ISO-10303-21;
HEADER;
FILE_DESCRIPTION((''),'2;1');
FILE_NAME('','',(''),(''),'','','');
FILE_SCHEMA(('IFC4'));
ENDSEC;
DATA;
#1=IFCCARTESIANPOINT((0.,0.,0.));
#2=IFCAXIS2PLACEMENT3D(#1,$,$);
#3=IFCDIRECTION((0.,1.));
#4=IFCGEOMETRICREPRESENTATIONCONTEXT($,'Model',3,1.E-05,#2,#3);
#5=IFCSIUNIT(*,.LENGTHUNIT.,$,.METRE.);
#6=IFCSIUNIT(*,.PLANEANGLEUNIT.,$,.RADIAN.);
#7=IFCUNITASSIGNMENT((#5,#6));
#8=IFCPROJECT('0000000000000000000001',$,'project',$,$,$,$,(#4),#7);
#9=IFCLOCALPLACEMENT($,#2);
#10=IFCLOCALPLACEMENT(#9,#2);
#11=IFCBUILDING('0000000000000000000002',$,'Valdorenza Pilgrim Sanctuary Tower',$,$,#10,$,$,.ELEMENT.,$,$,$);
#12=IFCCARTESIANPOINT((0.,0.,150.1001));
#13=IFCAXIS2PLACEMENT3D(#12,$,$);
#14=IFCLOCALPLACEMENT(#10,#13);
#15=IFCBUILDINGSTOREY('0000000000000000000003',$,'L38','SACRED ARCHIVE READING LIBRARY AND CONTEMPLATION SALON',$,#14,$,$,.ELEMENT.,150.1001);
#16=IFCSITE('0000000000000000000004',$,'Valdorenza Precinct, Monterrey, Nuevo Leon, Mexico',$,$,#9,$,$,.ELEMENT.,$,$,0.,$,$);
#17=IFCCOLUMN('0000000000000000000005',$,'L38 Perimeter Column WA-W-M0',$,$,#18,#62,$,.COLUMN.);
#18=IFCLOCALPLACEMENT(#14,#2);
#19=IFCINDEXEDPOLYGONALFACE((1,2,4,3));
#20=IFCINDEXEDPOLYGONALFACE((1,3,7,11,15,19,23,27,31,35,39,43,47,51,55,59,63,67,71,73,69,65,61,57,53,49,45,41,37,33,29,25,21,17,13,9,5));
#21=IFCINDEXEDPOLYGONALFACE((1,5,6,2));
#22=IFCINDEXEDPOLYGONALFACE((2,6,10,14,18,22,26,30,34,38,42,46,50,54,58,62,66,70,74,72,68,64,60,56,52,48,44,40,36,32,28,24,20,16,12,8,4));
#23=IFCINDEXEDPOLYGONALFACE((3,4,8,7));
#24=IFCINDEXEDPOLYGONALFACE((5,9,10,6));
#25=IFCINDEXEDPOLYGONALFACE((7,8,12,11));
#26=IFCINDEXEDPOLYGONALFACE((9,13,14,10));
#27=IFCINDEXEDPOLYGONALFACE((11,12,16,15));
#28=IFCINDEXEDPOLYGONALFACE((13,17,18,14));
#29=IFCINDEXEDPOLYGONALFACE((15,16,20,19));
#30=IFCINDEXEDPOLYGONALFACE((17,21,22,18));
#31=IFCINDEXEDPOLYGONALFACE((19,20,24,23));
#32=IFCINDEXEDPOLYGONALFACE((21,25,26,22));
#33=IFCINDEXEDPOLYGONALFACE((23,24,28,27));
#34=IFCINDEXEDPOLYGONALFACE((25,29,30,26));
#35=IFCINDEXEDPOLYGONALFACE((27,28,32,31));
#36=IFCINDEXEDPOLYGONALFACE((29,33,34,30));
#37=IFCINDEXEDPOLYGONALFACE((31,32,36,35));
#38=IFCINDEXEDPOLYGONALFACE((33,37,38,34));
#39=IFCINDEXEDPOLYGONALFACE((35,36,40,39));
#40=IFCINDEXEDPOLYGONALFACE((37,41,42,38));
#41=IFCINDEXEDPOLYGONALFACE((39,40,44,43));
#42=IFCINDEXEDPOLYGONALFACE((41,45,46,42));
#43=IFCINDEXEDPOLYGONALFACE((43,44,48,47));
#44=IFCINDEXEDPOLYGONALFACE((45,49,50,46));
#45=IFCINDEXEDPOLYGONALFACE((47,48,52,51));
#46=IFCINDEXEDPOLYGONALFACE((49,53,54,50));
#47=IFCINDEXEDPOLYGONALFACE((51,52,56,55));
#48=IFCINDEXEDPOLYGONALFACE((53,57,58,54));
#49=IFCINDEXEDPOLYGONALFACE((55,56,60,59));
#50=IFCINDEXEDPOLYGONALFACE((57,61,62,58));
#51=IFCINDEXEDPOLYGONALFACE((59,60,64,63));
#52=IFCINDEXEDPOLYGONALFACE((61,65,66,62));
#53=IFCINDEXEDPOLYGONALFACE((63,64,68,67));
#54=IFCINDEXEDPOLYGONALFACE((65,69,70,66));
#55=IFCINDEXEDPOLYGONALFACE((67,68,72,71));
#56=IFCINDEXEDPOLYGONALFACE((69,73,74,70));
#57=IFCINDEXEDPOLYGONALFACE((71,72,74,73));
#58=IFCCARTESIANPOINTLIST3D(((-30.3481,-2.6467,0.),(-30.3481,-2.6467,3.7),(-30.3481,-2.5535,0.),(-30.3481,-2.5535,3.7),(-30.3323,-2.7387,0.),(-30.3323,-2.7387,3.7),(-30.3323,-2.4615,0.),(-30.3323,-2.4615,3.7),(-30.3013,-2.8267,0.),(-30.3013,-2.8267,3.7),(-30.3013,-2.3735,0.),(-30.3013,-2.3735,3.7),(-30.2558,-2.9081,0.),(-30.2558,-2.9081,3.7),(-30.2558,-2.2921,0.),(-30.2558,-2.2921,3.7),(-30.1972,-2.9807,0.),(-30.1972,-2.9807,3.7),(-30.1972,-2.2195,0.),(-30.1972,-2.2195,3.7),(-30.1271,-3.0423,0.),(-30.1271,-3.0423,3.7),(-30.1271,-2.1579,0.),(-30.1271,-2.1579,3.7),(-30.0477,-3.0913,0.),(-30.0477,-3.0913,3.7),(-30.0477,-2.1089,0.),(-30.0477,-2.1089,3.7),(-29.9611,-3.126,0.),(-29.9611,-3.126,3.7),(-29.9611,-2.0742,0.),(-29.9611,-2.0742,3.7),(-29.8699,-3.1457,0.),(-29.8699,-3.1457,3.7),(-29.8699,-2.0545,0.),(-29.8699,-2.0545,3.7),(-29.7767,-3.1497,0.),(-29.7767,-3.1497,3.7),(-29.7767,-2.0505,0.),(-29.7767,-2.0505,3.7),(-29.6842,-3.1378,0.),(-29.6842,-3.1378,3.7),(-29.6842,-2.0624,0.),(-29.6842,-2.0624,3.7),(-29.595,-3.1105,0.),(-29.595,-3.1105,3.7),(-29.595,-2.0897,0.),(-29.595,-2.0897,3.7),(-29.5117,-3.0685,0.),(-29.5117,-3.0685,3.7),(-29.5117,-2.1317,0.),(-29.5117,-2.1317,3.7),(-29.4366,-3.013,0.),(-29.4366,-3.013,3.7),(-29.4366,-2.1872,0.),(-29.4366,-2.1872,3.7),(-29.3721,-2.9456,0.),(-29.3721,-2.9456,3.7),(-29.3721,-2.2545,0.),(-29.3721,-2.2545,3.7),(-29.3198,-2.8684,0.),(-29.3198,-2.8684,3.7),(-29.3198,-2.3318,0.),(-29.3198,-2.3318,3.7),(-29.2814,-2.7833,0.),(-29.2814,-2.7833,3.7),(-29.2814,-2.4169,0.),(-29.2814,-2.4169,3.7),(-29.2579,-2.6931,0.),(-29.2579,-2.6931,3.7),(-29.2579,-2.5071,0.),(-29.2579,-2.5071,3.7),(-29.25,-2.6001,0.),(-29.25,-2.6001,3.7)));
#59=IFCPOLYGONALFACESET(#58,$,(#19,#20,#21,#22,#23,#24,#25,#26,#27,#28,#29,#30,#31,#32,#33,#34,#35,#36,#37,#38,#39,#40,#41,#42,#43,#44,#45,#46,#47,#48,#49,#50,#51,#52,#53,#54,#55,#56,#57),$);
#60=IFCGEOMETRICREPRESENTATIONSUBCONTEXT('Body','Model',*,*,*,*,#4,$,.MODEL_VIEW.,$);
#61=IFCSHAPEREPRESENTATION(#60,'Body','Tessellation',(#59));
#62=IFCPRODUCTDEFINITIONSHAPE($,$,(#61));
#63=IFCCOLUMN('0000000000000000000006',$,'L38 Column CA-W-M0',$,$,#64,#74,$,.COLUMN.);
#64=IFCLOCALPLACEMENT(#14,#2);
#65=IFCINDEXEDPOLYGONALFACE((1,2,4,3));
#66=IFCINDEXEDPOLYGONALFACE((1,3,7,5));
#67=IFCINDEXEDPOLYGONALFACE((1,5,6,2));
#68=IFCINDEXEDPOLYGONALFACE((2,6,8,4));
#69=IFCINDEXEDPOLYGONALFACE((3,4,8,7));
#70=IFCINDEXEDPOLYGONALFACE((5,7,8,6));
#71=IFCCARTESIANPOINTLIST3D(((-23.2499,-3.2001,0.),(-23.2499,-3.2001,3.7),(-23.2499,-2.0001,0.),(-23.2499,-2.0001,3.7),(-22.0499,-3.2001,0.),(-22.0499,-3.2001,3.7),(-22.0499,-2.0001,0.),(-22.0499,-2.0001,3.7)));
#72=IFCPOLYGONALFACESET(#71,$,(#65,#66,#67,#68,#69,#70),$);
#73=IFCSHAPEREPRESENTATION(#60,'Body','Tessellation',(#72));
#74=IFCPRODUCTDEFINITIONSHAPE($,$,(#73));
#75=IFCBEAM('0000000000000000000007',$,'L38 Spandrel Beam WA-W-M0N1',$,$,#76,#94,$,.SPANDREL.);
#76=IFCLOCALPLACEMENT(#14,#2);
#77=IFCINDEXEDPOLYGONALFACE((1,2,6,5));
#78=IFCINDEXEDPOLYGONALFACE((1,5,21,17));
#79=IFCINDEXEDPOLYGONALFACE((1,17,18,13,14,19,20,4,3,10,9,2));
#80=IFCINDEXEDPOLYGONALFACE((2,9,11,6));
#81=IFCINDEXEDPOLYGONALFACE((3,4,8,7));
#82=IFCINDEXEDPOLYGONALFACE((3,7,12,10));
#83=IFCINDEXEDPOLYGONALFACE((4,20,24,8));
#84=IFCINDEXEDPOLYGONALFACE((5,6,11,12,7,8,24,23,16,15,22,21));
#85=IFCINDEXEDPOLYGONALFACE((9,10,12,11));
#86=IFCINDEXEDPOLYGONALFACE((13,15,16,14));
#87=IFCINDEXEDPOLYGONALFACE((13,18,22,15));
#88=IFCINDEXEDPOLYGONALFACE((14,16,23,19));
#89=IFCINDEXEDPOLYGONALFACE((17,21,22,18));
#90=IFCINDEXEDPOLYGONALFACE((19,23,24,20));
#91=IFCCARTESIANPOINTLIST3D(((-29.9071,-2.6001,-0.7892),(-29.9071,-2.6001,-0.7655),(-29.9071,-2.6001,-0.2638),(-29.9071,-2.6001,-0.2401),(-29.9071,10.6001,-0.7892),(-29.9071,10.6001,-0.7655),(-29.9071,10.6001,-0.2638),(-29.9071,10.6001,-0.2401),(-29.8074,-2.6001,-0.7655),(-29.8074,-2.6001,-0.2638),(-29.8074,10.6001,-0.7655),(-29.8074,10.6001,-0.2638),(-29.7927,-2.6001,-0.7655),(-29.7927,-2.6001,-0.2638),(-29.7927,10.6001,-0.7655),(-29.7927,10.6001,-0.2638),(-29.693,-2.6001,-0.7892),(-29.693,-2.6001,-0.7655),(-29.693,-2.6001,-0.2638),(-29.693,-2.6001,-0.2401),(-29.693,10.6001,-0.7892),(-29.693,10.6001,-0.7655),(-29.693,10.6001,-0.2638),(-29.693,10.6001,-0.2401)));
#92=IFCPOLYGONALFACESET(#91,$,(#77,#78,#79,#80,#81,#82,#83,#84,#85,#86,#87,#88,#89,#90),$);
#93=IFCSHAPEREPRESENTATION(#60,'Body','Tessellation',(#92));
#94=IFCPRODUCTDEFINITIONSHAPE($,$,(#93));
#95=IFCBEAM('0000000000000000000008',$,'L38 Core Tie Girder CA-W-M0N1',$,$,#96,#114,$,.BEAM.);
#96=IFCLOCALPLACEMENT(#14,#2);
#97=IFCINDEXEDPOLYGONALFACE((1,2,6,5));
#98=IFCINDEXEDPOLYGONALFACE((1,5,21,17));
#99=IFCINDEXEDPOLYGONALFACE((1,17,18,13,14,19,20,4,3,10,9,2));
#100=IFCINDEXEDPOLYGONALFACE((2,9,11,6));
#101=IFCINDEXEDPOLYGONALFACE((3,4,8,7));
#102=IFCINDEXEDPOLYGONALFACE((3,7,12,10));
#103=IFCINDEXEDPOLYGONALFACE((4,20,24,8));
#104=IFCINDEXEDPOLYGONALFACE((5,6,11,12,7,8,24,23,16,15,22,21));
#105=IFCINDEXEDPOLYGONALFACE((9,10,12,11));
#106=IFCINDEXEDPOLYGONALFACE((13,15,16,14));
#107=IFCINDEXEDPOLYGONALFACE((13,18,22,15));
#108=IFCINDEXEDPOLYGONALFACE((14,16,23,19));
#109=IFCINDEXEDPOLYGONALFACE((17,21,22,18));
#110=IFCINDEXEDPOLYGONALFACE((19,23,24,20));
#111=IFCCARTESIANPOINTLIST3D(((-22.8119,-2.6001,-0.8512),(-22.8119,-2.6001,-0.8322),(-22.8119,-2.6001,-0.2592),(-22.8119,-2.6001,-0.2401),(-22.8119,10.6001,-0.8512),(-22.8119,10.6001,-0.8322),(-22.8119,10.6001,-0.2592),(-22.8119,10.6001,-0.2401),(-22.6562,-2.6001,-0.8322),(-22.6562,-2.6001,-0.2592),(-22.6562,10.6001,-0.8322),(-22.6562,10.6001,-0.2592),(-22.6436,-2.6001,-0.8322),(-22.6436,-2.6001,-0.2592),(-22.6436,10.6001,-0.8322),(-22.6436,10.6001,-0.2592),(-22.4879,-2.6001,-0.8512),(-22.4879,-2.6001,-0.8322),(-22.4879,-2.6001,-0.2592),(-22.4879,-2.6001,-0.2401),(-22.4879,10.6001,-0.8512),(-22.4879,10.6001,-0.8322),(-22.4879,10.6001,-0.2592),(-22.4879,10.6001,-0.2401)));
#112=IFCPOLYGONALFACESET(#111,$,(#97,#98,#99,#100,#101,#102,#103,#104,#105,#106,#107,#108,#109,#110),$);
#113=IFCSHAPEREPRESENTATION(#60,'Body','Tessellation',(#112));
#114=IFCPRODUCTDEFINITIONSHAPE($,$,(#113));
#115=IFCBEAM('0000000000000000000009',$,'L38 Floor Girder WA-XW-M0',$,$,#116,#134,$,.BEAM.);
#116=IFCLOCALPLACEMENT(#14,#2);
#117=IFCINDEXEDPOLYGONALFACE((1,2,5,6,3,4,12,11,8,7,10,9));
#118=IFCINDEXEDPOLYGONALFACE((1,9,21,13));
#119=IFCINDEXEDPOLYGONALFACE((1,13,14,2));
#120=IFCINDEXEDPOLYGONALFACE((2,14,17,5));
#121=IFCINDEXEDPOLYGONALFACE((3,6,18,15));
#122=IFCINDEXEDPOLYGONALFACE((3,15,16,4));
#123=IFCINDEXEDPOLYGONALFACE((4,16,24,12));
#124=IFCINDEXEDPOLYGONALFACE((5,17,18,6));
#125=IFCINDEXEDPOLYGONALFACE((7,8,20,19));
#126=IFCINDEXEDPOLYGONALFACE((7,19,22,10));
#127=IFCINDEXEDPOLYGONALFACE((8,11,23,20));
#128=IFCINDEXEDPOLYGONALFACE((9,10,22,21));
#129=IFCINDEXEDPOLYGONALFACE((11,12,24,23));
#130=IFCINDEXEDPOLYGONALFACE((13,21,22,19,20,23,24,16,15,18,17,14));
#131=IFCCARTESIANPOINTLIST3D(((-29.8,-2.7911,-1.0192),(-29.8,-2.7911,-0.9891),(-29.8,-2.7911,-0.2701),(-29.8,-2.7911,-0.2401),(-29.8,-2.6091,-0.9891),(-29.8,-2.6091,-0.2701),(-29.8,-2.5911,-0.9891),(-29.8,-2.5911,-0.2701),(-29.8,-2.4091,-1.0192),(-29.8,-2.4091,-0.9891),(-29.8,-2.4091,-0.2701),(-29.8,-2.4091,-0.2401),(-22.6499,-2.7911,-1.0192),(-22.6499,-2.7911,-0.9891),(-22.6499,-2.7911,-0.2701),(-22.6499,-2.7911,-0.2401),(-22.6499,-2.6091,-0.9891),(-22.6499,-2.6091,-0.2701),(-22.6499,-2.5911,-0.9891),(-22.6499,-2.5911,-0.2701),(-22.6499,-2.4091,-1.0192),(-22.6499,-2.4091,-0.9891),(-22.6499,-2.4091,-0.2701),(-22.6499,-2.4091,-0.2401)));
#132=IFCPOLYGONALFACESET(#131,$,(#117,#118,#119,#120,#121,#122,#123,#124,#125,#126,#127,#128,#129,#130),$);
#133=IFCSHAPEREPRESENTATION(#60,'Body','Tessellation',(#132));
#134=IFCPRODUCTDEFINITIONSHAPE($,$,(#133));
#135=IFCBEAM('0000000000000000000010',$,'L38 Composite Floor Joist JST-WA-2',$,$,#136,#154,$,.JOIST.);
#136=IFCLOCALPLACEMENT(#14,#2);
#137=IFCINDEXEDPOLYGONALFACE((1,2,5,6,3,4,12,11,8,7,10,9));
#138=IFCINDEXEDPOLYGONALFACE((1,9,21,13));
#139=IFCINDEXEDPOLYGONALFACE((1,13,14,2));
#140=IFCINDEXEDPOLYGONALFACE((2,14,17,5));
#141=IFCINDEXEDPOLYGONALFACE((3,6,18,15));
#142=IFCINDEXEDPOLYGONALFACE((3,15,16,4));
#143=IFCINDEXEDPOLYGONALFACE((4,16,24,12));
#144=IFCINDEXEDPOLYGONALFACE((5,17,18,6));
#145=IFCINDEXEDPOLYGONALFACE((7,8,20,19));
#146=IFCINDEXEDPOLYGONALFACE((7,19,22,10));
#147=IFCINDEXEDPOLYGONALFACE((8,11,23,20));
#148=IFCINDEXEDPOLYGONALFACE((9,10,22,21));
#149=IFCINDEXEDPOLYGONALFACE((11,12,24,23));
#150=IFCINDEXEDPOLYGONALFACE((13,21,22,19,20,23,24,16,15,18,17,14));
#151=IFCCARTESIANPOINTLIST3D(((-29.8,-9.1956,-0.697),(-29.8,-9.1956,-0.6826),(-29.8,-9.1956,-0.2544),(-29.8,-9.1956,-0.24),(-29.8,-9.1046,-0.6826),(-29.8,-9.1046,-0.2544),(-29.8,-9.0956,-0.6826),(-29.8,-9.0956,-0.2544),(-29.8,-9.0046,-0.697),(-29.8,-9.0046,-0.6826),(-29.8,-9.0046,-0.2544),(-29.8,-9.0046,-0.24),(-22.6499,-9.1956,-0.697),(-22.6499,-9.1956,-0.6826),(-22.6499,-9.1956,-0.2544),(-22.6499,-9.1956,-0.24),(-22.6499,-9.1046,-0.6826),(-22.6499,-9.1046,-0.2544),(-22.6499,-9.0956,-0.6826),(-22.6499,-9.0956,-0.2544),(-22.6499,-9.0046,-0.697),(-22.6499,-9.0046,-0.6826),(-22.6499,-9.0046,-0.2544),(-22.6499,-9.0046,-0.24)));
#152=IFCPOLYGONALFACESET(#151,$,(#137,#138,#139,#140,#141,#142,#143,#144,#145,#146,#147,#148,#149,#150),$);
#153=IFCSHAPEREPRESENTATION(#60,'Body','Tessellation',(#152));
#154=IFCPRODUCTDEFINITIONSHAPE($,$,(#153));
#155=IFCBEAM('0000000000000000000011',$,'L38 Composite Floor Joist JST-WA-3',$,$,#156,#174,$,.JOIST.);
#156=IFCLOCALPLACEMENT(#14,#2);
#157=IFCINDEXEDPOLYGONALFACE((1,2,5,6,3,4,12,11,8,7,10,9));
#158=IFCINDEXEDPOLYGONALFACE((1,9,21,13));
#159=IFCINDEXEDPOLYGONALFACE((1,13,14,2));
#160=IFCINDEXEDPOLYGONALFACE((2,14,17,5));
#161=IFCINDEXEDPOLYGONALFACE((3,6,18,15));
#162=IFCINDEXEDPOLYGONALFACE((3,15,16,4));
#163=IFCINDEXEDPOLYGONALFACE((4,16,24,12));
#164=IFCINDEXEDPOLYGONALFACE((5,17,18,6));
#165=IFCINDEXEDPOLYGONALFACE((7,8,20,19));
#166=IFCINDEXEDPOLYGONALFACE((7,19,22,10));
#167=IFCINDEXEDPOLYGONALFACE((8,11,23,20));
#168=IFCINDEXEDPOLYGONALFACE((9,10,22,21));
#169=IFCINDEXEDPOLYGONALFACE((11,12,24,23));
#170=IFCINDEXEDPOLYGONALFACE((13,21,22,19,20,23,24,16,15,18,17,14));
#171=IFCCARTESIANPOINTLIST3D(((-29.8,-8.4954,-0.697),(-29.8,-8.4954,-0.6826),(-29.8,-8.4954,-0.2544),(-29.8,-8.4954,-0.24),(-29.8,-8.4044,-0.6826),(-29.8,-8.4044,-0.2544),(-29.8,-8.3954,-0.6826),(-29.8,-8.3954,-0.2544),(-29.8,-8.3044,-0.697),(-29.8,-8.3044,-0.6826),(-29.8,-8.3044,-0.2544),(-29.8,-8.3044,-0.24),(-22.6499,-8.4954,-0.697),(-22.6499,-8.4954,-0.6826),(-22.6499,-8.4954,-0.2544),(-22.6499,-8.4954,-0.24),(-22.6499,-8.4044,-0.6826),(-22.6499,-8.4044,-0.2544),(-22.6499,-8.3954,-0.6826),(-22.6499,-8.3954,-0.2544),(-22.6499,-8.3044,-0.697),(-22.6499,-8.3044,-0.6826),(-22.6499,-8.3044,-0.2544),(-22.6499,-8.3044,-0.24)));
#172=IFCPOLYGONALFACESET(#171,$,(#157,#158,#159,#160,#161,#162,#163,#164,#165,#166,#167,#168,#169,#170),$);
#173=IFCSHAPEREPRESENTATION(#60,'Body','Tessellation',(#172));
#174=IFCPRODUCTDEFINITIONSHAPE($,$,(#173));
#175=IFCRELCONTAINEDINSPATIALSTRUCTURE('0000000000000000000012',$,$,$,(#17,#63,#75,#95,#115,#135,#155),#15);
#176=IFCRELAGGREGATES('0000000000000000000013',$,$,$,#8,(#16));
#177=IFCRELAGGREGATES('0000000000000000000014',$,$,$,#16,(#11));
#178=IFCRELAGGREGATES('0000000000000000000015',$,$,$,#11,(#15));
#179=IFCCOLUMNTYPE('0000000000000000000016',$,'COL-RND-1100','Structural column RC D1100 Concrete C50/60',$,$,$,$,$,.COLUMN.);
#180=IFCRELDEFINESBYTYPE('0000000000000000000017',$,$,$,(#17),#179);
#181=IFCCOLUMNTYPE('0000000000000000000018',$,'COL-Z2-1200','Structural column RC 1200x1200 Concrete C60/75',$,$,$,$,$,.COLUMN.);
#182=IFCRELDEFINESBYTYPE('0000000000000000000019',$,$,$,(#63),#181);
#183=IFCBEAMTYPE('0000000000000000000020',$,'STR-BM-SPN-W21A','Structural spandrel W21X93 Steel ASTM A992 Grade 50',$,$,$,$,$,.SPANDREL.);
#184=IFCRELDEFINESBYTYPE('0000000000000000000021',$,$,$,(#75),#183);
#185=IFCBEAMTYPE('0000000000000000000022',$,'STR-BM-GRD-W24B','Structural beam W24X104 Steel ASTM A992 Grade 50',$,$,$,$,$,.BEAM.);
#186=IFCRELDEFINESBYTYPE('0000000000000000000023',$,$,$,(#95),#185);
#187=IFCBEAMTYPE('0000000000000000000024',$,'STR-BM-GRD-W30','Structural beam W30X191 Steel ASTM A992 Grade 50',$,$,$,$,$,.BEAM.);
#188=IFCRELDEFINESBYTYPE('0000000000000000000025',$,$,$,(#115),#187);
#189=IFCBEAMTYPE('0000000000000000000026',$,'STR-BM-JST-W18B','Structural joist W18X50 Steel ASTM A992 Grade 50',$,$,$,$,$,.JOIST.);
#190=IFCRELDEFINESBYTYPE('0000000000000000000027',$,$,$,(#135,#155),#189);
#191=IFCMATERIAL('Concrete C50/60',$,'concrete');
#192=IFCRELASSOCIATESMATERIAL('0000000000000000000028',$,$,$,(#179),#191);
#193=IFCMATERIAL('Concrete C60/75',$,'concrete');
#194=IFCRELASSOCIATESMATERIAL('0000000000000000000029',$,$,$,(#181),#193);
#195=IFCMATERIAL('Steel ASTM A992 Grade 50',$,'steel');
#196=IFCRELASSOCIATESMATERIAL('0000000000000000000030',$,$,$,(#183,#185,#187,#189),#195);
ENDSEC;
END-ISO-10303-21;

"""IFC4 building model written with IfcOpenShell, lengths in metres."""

from ifc_helpers import new_model, si_unit, direction, frame, origin, origin_2d, place, context, subcontext, project, spatial, rectangle, circle, i_section, extrude, source, transform, mapped, material, material_profile, profile_set, type_object, element, save


model = new_model("IFC4")

# Units and contexts
model_context = context("Model", 3, precision=1e-05, world=origin(), true_north=direction((0.0, 1.0)))
body_context = subcontext(model_context, "Body", "Model", "MODEL_VIEW")
ifc_project = project(units=[si_unit("LENGTHUNIT", "METRE"), si_unit("PLANEANGLEUNIT", "RADIAN")], contexts=[model_context])

# Site, building, storey
site_placement = place(None, origin())
site = spatial("IfcSite", under=ifc_project, at=site_placement, Name="Valdorenza Precinct, Monterrey, Nuevo Leon, Mexico", CompositionType="ELEMENT", RefElevation=0.0)
building_placement = place(site_placement, origin())
building = spatial("IfcBuilding", under=site, at=building_placement, Name="Valdorenza Pilgrim Sanctuary Tower", CompositionType="ELEMENT")
storey_placement = place(building_placement, frame((0.0, 0.0, 150.1001)))
storey = spatial("IfcBuildingStorey", under=building, at=storey_placement, Name="L38", Description="SACRED ARCHIVE READING LIBRARY AND CONTEMPLATION SALON", CompositionType="ELEMENT", Elevation=150.1001)

# Columns
ifc_material_1 = material(Name="Concrete C50/60", Category="concrete")
ifc_material_profile_1 = material_profile(ifc_material_1, circle(Radius=0.55, at=origin_2d()), Name="RC D1100")
ifc_profile_set_1 = profile_set([ifc_material_profile_1], Name="Concrete C50/60")
column_type_1 = type_object("IfcColumnType", Name="COL-RND-1100", Description="Structural column RC D1100 Concrete C50/60", PredefinedType="COLUMN", material=ifc_profile_set_1)
shared_shape_1 = source(origin(), body_context, "Body", "SweptSolid", [
    extrude(circle(Radius=0.55, at=origin_2d()), origin(), (0.0, 0.0, 1.0), 3.7),
])
column_1_placement = place(storey_placement, frame((-29.8, -2.6001, 0.0), z_axis=(0.0, 0.0, 1.0), x_axis=(1.0, 0.0, 0.0)))
element("IfcColumn", 1, at=column_1_placement, inside=storey, type_object=column_type_1, Name="L38 Perimeter Column WA-W-M0", PredefinedType="COLUMN", context=body_context, shape_type="MappedRepresentation", body=[
    mapped(shared_shape_1, transform((0.0, 0.0, 0.0), x_axis=(1.0, 0.0, 0.0), y_axis=(0.0, 1.0, 0.0), z_axis=(0.0, 0.0, 1.0), scale=1.0)),
])
ifc_material_2 = material(Name="Concrete C60/75", Category="concrete")
ifc_material_profile_2 = material_profile(ifc_material_2, rectangle(XDim=1.2, YDim=1.2, at=origin_2d()), Name="RC 1200x1200")
ifc_profile_set_2 = profile_set([ifc_material_profile_2], Name="Concrete C60/75")
column_type_2 = type_object("IfcColumnType", Name="COL-Z2-1200", Description="Structural column RC 1200x1200 Concrete C60/75", PredefinedType="COLUMN", material=ifc_profile_set_2)
shared_shape_2 = source(origin(), body_context, "Body", "SweptSolid", [
    extrude(rectangle(XDim=1.2, YDim=1.2, at=origin_2d()), origin(), (0.0, 0.0, 1.0), 3.7),
])
column_2_placement = place(storey_placement, frame((-22.6499, -2.6001, 0.0), z_axis=(0.0, 0.0, 1.0), x_axis=(1.0, 0.0, 0.0)))
element("IfcColumn", 2, at=column_2_placement, inside=storey, type_object=column_type_2, Name="L38 Column CA-W-M0", PredefinedType="COLUMN", context=body_context, shape_type="MappedRepresentation", body=[
    mapped(shared_shape_2, transform((0.0, 0.0, 0.0), x_axis=(1.0, 0.0, 0.0), y_axis=(0.0, 1.0, 0.0), z_axis=(0.0, 0.0, 1.0), scale=1.0)),
])

# Beams
ifc_material_3 = material(Name="Steel ASTM A992 Grade 50", Category="steel")
ifc_material_profile_3 = material_profile(ifc_material_3, i_section(OverallWidth=0.2141, OverallDepth=0.5491, WebThickness=0.0146, FlangeThickness=0.0237, at=origin_2d()), Name="W21X93")
ifc_profile_set_3 = profile_set([ifc_material_profile_3], Name="Steel ASTM A992 Grade 50")
beam_type_1 = type_object("IfcBeamType", Name="STR-BM-SPN-W21A", Description="Structural spandrel W21X93 Steel ASTM A992 Grade 50", PredefinedType="SPANDREL", material=ifc_profile_set_3)
shared_shape_3 = source(origin(), body_context, "Body", "SweptSolid", [
    extrude(i_section(OverallWidth=0.2141, OverallDepth=0.5491, WebThickness=0.0146, FlangeThickness=0.0237, at=origin_2d()), origin(), (0.0, 0.0, 1.0), 13.2002),
])
beam_1_placement = place(storey_placement, frame((-29.8, -2.6001, -0.5146), z_axis=(0.0, 1.0, 0.0), x_axis=(-1.0, 0.0, 0.0)))
element("IfcBeam", 3, at=beam_1_placement, inside=storey, type_object=beam_type_1, Name="L38 Spandrel Beam WA-W-M0N1", PredefinedType="SPANDREL", context=body_context, shape_type="MappedRepresentation", body=[
    mapped(shared_shape_3, transform((0.0, 0.0, 0.0), x_axis=(1.0, 0.0, 0.0), y_axis=(0.0, 1.0, 0.0), z_axis=(0.0, 0.0, 1.0), scale=1.0)),
])
ifc_material_profile_4 = material_profile(ifc_material_3, i_section(OverallWidth=0.324, OverallDepth=0.6111, WebThickness=0.0127, FlangeThickness=0.019, at=origin_2d()), Name="W24X104")
ifc_profile_set_4 = profile_set([ifc_material_profile_4], Name="Steel ASTM A992 Grade 50")
beam_type_2 = type_object("IfcBeamType", Name="STR-BM-GRD-W24B", Description="Structural beam W24X104 Steel ASTM A992 Grade 50", PredefinedType="BEAM", material=ifc_profile_set_4)
shared_shape_4 = source(origin(), body_context, "Body", "SweptSolid", [
    extrude(i_section(OverallWidth=0.324, OverallDepth=0.6111, WebThickness=0.0127, FlangeThickness=0.019, at=origin_2d()), origin(), (0.0, 0.0, 1.0), 13.2002),
])
beam_2_placement = place(storey_placement, frame((-22.6499, -2.6001, -0.5457), z_axis=(0.0, 1.0, 0.0), x_axis=(-1.0, 0.0, 0.0)))
element("IfcBeam", 4, at=beam_2_placement, inside=storey, type_object=beam_type_2, Name="L38 Core Tie Girder CA-W-M0N1", PredefinedType="BEAM", context=body_context, shape_type="MappedRepresentation", body=[
    mapped(shared_shape_4, transform((0.0, 0.0, 0.0), x_axis=(1.0, 0.0, 0.0), y_axis=(0.0, 1.0, 0.0), z_axis=(0.0, 0.0, 1.0), scale=1.0)),
])
ifc_material_profile_5 = material_profile(ifc_material_3, i_section(OverallWidth=0.3821, OverallDepth=0.7791, WebThickness=0.0181, FlangeThickness=0.03, at=origin_2d()), Name="W30X191")
ifc_profile_set_5 = profile_set([ifc_material_profile_5], Name="Steel ASTM A992 Grade 50")
beam_type_3 = type_object("IfcBeamType", Name="STR-BM-GRD-W30", Description="Structural beam W30X191 Steel ASTM A992 Grade 50", PredefinedType="BEAM", material=ifc_profile_set_5)
shared_shape_5 = source(origin(), body_context, "Body", "SweptSolid", [
    extrude(i_section(OverallWidth=0.3821, OverallDepth=0.7791, WebThickness=0.0181, FlangeThickness=0.03, at=origin_2d()), origin(), (0.0, 0.0, 1.0), 7.1501),
])
beam_3_placement = place(storey_placement, frame((-29.8, -2.6001, -0.6296), z_axis=(1.0, 0.0, 0.0), x_axis=(0.0, 1.0, 0.0)))
element("IfcBeam", 5, at=beam_3_placement, inside=storey, type_object=beam_type_3, Name="L38 Floor Girder WA-XW-M0", PredefinedType="BEAM", context=body_context, shape_type="MappedRepresentation", body=[
    mapped(shared_shape_5, transform((0.0, 0.0, 0.0), x_axis=(1.0, 0.0, 0.0), y_axis=(0.0, 1.0, 0.0), z_axis=(0.0, 0.0, 1.0), scale=1.0)),
])
ifc_material_profile_6 = material_profile(ifc_material_3, i_section(OverallWidth=0.1909, OverallDepth=0.457, WebThickness=0.009, FlangeThickness=0.0144, at=origin_2d()), Name="W18X50")
ifc_profile_set_6 = profile_set([ifc_material_profile_6], Name="Steel ASTM A992 Grade 50")
beam_type_4 = type_object("IfcBeamType", Name="STR-BM-JST-W18B", Description="Structural joist W18X50 Steel ASTM A992 Grade 50", PredefinedType="JOIST", material=ifc_profile_set_6)
shared_shape_6 = source(origin(), body_context, "Body", "SweptSolid", [
    extrude(i_section(OverallWidth=0.1909, OverallDepth=0.457, WebThickness=0.009, FlangeThickness=0.0144, at=origin_2d()), origin(), (0.0, 0.0, 1.0), 7.1501),
])
for number, where, z_axis, x_axis, name in (
    (6, (-29.8, -9.1001, -0.4685), (1.0, 0.0, 0.0), (0.0, 1.0, 0.0), "L38 Composite Floor Joist JST-WA-2"),
    (7, (-29.8, -8.3999, -0.4685), (1.0, 0.0, 0.0), (0.0, 1.0, 0.0), "L38 Composite Floor Joist JST-WA-3"),
):
    element("IfcBeam", number, at=place(storey_placement, frame(where, z_axis=z_axis, x_axis=x_axis)), inside=storey, type_object=beam_type_4, Name=name, PredefinedType="JOIST", context=body_context, shape_type="MappedRepresentation", body=[
        mapped(shared_shape_6, transform((0.0, 0.0, 0.0), x_axis=(1.0, 0.0, 0.0), y_axis=(0.0, 1.0, 0.0), z_axis=(0.0, 0.0, 1.0), scale=1.0)),
    ])

save(model, "model.ifc")
